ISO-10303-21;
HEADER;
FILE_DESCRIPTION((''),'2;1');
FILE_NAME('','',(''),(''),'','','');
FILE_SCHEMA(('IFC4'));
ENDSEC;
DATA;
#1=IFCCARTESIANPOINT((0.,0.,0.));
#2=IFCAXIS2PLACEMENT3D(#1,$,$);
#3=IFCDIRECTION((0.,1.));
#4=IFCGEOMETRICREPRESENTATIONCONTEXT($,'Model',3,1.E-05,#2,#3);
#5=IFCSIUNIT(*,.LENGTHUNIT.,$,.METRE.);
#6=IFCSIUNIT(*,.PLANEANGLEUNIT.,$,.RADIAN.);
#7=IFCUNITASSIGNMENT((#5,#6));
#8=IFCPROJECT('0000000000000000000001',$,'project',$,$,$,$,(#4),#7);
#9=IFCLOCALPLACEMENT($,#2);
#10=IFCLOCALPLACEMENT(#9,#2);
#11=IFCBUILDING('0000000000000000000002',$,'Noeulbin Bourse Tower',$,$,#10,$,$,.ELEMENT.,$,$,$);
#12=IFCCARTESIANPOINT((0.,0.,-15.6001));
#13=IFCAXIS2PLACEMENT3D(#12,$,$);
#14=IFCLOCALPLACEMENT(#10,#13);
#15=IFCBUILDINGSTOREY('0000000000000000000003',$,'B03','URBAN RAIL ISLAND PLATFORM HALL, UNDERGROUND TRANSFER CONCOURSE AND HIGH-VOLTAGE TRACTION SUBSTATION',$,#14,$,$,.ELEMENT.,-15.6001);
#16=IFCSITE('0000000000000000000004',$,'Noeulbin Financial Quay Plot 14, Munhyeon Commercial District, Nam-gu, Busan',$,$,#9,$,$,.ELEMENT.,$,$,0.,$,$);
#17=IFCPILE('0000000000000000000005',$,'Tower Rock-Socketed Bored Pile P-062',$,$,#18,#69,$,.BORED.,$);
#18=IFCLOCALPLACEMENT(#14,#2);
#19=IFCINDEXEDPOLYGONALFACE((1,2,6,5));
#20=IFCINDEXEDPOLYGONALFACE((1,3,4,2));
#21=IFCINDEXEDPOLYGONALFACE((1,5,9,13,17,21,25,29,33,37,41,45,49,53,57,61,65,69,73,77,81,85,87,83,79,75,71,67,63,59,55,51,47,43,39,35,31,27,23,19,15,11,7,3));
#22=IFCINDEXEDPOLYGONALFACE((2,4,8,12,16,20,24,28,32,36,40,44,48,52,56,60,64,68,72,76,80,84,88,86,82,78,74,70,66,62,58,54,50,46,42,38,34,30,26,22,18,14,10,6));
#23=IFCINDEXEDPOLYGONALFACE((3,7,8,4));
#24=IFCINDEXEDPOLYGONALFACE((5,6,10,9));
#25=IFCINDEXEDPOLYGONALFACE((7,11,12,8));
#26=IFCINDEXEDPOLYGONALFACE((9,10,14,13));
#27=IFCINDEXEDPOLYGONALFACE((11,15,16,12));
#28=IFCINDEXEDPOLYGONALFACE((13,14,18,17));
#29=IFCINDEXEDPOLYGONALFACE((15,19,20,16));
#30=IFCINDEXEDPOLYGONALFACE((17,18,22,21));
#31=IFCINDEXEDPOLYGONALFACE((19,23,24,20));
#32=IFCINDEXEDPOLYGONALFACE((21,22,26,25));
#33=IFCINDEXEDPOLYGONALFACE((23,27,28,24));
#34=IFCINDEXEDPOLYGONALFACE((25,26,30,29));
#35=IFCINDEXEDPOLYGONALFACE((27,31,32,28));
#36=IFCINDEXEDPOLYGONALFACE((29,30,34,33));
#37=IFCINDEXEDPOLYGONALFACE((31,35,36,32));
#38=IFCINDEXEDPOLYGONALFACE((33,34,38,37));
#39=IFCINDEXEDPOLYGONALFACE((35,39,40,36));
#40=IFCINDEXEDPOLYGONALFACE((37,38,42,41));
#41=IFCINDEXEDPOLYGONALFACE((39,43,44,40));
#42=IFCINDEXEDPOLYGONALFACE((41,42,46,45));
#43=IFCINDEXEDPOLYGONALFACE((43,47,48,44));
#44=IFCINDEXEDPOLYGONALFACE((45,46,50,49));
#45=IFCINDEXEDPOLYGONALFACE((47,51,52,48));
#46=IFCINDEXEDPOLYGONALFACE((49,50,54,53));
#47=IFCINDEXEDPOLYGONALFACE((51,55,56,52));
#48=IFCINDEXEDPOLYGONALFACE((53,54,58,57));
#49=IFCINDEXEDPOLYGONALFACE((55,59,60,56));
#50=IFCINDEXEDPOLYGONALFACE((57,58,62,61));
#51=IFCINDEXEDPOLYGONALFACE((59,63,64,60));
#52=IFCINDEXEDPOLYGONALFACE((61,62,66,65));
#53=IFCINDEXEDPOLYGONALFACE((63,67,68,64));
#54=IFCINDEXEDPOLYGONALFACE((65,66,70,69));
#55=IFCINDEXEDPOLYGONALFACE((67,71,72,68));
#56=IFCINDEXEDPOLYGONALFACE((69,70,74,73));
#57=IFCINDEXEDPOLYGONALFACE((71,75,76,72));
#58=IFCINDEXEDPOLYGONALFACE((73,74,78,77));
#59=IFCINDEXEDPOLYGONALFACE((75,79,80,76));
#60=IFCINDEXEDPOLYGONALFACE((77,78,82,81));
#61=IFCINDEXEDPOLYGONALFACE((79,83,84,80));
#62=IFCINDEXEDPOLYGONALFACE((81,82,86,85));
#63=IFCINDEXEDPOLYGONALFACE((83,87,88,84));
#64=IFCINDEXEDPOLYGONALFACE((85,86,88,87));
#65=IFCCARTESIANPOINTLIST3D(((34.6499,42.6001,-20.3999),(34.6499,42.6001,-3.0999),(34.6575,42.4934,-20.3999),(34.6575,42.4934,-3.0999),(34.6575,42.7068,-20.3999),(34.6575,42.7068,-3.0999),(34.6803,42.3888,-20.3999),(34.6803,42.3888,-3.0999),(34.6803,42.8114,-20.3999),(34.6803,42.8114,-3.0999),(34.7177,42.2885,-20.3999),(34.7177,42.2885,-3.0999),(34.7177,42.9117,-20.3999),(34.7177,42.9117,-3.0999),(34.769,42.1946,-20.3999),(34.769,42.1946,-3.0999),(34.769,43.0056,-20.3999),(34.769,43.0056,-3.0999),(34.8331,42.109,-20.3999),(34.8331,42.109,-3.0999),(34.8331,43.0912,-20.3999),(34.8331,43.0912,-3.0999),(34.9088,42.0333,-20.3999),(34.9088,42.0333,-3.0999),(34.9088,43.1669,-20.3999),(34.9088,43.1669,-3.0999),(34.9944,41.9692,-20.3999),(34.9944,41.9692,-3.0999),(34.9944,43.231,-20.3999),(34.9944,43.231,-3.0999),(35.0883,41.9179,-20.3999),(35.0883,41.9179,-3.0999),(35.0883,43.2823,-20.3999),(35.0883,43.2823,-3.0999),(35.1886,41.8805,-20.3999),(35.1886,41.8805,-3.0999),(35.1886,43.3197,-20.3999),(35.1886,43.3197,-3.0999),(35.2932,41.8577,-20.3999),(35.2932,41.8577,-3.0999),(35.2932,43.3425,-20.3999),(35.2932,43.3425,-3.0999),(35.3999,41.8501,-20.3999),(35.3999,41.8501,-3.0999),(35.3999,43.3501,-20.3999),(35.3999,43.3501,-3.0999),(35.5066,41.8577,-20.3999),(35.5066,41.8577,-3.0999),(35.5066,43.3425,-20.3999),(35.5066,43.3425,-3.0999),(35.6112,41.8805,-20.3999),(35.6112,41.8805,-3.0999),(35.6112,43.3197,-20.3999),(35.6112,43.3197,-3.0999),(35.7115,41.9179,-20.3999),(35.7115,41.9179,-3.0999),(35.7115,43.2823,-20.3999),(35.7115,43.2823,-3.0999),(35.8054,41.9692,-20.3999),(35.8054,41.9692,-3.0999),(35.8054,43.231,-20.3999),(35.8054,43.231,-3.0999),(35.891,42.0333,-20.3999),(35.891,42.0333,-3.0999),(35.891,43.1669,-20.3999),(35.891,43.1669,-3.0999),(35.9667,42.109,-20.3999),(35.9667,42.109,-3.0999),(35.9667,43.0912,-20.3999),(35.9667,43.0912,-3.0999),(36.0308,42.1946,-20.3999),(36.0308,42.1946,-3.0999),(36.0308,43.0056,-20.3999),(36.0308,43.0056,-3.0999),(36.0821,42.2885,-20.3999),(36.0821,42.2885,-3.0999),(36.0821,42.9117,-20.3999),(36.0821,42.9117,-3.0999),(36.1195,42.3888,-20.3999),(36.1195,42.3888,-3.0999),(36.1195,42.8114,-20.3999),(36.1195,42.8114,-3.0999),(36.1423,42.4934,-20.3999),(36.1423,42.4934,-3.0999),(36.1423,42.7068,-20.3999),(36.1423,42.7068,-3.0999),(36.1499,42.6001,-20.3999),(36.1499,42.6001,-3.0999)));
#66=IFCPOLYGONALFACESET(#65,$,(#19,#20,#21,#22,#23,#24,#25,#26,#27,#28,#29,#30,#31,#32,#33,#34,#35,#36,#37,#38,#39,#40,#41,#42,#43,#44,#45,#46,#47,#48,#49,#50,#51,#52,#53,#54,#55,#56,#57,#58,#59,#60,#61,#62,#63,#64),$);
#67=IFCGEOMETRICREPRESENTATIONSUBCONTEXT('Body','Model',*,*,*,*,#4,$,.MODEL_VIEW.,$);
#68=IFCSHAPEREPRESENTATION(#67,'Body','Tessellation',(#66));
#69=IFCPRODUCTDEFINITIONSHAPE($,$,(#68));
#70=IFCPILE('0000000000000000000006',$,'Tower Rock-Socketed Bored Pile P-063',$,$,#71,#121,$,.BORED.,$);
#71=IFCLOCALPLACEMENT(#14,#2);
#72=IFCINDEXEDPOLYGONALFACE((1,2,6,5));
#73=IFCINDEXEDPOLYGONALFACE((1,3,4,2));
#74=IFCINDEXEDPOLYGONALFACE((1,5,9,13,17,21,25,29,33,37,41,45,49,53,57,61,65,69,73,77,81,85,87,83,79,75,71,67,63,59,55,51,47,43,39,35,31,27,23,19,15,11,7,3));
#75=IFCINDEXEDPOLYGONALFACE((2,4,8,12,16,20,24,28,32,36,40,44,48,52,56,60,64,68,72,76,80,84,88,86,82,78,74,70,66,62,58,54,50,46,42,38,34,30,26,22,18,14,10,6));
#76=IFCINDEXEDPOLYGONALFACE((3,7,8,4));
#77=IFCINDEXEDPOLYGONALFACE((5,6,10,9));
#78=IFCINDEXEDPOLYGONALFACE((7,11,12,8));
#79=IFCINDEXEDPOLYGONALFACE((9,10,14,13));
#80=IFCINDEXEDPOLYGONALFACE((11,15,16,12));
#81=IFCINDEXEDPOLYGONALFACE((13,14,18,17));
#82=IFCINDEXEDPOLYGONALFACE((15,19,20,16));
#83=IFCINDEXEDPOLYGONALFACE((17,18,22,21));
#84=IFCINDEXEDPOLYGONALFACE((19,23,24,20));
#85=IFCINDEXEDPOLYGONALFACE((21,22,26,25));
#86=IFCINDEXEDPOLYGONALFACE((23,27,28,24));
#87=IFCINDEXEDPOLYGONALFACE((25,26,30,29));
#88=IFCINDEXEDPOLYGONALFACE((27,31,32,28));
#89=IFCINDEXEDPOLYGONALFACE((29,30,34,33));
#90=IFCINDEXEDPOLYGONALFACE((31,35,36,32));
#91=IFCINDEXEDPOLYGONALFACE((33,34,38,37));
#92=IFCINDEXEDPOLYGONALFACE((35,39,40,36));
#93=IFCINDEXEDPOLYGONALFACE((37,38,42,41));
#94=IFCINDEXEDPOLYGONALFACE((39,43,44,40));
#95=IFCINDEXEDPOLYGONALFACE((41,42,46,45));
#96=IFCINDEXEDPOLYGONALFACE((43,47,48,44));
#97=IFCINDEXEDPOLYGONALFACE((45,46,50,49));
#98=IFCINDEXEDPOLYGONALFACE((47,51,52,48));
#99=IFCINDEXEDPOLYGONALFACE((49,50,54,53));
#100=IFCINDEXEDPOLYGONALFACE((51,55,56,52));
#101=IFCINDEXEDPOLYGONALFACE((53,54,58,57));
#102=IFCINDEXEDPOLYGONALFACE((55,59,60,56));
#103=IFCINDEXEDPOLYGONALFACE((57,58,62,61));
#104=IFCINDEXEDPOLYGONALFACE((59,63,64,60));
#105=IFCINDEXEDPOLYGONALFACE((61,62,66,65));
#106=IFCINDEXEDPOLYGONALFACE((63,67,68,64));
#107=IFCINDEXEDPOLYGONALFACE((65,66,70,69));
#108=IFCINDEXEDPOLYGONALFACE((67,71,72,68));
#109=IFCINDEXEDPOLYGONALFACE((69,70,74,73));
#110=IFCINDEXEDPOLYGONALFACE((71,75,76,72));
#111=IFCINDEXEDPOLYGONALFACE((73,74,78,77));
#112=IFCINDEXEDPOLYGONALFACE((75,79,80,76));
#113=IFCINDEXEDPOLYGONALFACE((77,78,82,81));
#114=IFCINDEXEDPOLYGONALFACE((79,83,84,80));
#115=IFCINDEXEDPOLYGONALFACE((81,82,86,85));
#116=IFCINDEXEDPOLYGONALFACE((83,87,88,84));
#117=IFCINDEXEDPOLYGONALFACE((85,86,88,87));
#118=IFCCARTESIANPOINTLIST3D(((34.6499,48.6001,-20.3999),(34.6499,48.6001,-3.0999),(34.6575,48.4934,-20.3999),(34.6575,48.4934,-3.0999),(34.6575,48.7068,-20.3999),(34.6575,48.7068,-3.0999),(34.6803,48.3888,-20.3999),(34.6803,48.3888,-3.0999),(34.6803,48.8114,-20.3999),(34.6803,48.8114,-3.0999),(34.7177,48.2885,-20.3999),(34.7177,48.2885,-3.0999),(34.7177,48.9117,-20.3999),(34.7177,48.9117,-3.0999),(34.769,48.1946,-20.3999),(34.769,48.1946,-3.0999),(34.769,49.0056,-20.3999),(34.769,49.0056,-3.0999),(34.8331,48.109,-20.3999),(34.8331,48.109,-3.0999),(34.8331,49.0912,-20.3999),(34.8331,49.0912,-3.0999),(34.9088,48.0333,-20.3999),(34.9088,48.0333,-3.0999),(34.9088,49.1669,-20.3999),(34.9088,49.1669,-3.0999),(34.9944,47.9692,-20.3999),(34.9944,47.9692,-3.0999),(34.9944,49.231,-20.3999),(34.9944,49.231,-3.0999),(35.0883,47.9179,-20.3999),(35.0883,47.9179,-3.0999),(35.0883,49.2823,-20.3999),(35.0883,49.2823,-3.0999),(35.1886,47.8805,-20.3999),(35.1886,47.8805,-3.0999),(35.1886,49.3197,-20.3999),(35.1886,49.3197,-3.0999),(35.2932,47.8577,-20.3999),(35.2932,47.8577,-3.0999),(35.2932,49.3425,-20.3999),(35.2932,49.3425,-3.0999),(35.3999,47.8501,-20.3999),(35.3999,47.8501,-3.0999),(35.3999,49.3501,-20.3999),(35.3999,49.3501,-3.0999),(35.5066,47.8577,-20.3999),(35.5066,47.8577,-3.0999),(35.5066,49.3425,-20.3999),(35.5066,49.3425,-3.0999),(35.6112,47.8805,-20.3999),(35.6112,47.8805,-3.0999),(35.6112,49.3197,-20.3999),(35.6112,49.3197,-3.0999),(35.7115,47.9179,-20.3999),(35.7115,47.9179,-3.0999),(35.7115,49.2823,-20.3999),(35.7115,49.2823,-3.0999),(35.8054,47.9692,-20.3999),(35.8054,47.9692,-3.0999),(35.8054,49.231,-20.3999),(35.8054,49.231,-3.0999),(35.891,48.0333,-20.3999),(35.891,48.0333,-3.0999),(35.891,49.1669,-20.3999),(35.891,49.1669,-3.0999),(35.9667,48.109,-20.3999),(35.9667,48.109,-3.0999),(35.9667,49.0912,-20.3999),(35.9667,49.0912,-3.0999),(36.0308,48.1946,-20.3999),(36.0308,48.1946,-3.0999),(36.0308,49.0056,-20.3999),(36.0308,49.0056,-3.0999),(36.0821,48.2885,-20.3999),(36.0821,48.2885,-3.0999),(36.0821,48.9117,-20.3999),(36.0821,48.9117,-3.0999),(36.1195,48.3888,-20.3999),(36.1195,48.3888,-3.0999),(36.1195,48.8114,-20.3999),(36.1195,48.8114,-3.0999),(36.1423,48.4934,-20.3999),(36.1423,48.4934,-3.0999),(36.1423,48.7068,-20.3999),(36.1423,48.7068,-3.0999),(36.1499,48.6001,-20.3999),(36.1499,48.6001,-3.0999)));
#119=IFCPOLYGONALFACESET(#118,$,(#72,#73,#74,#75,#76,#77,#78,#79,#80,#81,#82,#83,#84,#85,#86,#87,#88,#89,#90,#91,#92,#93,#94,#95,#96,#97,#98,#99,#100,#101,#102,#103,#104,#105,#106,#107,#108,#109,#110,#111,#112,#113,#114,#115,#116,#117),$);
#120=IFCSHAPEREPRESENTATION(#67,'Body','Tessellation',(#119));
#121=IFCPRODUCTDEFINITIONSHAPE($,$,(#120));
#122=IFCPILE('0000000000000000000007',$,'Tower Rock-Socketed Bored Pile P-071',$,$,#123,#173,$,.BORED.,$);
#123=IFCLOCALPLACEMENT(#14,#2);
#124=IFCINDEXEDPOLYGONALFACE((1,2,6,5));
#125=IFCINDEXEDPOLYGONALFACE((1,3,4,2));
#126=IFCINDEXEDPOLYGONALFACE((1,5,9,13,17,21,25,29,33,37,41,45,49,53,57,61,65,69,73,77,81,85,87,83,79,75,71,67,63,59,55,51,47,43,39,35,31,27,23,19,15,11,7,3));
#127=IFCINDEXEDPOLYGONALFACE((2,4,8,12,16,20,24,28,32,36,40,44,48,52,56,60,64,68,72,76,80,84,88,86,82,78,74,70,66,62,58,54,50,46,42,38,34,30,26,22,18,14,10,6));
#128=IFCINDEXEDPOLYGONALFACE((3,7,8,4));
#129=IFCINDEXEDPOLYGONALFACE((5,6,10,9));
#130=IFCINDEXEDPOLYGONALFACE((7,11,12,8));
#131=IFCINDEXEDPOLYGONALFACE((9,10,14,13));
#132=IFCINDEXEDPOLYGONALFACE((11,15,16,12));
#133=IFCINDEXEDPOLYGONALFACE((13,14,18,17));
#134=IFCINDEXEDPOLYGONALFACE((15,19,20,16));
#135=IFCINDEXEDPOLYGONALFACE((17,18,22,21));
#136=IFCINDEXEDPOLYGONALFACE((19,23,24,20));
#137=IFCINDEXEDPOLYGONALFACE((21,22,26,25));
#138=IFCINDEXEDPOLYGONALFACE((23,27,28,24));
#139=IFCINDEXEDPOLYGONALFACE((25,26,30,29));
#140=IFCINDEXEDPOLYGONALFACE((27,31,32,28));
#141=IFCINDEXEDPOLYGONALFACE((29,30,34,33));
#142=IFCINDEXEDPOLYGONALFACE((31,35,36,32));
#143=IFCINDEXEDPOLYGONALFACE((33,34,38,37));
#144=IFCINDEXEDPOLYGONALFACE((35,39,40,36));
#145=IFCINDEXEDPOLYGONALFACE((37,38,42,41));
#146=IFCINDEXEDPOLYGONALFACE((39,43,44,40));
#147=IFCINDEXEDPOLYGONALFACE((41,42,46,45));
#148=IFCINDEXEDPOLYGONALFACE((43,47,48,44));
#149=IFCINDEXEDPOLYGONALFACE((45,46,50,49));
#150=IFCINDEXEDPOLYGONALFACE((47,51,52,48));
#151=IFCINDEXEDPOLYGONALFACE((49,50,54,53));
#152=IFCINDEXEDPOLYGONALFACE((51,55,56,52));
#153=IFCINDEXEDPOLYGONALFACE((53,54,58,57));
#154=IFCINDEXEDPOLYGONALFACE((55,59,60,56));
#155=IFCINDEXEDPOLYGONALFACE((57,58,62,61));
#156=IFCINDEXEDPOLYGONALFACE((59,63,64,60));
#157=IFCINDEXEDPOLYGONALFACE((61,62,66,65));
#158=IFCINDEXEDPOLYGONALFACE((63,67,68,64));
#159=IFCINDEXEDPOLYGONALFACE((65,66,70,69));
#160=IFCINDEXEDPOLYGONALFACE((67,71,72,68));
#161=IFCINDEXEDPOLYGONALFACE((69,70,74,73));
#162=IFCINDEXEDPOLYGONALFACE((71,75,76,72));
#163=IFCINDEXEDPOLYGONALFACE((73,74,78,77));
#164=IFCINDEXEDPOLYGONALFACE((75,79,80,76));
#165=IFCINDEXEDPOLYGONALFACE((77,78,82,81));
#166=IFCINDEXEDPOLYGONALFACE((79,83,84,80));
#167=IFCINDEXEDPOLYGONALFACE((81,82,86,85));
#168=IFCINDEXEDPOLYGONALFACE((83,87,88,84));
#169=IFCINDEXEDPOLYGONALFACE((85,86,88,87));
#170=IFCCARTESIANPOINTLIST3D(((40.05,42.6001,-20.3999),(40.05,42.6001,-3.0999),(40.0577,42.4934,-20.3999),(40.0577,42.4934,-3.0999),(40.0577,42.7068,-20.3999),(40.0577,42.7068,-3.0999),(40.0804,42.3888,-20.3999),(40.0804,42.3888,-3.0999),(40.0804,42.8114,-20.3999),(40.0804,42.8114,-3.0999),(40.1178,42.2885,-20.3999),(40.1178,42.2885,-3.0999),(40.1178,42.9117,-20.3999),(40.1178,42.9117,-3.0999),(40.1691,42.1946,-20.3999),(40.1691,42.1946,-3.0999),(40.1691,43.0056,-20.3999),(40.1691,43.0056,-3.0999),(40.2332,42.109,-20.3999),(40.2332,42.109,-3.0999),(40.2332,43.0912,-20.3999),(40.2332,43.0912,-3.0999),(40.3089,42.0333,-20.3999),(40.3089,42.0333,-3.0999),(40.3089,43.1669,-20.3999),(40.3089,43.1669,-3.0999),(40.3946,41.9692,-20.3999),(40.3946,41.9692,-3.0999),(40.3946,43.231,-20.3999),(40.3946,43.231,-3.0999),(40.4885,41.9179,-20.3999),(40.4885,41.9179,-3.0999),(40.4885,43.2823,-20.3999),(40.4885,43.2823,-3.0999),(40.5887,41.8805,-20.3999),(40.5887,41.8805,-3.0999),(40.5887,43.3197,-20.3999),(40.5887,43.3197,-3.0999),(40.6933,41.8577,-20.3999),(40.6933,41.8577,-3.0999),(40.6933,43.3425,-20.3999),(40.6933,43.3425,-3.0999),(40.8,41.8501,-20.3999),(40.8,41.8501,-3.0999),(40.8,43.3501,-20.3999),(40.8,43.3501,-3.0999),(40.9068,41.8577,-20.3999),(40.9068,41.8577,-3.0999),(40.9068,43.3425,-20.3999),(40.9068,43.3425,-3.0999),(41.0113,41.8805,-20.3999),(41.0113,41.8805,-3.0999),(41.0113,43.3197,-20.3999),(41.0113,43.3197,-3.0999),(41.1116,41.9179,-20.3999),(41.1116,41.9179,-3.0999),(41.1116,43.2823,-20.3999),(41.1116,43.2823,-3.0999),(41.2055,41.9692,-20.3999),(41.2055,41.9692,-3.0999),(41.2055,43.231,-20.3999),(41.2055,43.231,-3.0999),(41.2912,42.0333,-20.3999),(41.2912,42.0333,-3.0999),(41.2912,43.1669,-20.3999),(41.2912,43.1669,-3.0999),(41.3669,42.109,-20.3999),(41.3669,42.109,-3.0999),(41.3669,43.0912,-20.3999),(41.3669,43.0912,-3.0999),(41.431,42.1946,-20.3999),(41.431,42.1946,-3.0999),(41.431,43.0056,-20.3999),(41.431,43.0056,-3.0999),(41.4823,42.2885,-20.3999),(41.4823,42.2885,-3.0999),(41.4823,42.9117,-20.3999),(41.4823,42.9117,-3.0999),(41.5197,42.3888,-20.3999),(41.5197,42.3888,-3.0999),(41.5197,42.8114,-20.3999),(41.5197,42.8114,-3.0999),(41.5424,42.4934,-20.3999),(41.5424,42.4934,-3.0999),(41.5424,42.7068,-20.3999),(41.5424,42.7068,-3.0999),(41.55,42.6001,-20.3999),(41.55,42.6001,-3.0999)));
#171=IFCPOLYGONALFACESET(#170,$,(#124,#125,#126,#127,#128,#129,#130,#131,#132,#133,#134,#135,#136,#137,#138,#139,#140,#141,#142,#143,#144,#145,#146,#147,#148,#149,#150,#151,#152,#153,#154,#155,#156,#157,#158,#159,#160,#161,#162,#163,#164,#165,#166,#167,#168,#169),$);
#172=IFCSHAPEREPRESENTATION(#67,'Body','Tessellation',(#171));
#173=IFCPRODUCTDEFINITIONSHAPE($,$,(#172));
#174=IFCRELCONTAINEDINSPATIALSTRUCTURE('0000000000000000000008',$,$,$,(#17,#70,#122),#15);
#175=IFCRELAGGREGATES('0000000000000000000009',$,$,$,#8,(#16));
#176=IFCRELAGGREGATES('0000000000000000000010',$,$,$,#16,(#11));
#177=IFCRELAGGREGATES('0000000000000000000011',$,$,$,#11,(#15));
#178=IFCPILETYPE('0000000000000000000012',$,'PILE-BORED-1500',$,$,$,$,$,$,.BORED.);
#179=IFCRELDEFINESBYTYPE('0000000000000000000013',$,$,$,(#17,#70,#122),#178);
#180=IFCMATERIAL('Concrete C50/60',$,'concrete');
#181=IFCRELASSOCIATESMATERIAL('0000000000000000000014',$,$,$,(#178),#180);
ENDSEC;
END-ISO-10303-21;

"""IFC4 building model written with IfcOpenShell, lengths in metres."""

from ifc_helpers import new_model, si_unit, direction, frame, origin, origin_2d, place, context, subcontext, project, spatial, circle, extrude, material, material_profile, profile_set, type_object, element, save


model = new_model("IFC4")

# Units and contexts
model_context = context("Model", 3, precision=1e-05, world=origin(), true_north=direction((0.0, 1.0)))
body_context = subcontext(model_context, "Body", "Model", "MODEL_VIEW")
ifc_project = project(units=[si_unit("LENGTHUNIT", "METRE"), si_unit("PLANEANGLEUNIT", "RADIAN")], contexts=[model_context])

# Site, building, storey
site_placement = place(None, origin())
site = spatial("IfcSite", under=ifc_project, at=site_placement, Name="Noeulbin Financial Quay Plot 14, Munhyeon Commercial District, Nam-gu, Busan", CompositionType="ELEMENT", RefElevation=0.0)
building_placement = place(site_placement, origin())
building = spatial("IfcBuilding", under=site, at=building_placement, Name="Noeulbin Bourse Tower", CompositionType="ELEMENT")
storey_placement = place(building_placement, frame((0.0, 0.0, -15.6001)))
storey = spatial("IfcBuildingStorey", under=building, at=storey_placement, Name="B03", Description="URBAN RAIL ISLAND PLATFORM HALL, UNDERGROUND TRANSFER CONCOURSE AND HIGH-VOLTAGE TRACTION SUBSTATION", CompositionType="ELEMENT", Elevation=-15.6001)

# Piles
ifc_material_1 = material(Name="Concrete C50/60", Category="concrete")
ifc_material_profile_1 = material_profile(ifc_material_1, circle(Radius=0.75, at=origin_2d()), Name="PILE-D1500", Category="LoadBearing")
ifc_profile_set_1 = profile_set([ifc_material_profile_1], Name="Concrete C50/60")
pile_type = type_object("IfcPileType", Name="PILE-BORED-1500", PredefinedType="BORED", material=ifc_profile_set_1)
for number, where, z_axis, x_axis, name in (
    (1, (35.3999, 42.6001, -3.0999), (0.0, 0.0, -1.0), (1.0, 0.0, 0.0), "Tower Rock-Socketed Bored Pile P-062"),
    (2, (35.3999, 48.6001, -3.0999), (0.0, 0.0, -1.0), (1.0, 0.0, 0.0), "Tower Rock-Socketed Bored Pile P-063"),
    (3, (40.8, 42.6001, -3.0999), (0.0, 0.0, -1.0), (1.0, 0.0, 0.0), "Tower Rock-Socketed Bored Pile P-071"),
):
    element("IfcPile", number, at=place(storey_placement, frame(where, z_axis=z_axis, x_axis=x_axis)), inside=storey, type_object=pile_type, Name=name, PredefinedType="BORED", context=body_context, shape_type="SweptSolid", body=[
        extrude(circle(Radius=0.75, at=origin_2d()), origin(), (0.0, 0.0, 1.0), 17.3),
    ])

save(model, "model.ifc")
